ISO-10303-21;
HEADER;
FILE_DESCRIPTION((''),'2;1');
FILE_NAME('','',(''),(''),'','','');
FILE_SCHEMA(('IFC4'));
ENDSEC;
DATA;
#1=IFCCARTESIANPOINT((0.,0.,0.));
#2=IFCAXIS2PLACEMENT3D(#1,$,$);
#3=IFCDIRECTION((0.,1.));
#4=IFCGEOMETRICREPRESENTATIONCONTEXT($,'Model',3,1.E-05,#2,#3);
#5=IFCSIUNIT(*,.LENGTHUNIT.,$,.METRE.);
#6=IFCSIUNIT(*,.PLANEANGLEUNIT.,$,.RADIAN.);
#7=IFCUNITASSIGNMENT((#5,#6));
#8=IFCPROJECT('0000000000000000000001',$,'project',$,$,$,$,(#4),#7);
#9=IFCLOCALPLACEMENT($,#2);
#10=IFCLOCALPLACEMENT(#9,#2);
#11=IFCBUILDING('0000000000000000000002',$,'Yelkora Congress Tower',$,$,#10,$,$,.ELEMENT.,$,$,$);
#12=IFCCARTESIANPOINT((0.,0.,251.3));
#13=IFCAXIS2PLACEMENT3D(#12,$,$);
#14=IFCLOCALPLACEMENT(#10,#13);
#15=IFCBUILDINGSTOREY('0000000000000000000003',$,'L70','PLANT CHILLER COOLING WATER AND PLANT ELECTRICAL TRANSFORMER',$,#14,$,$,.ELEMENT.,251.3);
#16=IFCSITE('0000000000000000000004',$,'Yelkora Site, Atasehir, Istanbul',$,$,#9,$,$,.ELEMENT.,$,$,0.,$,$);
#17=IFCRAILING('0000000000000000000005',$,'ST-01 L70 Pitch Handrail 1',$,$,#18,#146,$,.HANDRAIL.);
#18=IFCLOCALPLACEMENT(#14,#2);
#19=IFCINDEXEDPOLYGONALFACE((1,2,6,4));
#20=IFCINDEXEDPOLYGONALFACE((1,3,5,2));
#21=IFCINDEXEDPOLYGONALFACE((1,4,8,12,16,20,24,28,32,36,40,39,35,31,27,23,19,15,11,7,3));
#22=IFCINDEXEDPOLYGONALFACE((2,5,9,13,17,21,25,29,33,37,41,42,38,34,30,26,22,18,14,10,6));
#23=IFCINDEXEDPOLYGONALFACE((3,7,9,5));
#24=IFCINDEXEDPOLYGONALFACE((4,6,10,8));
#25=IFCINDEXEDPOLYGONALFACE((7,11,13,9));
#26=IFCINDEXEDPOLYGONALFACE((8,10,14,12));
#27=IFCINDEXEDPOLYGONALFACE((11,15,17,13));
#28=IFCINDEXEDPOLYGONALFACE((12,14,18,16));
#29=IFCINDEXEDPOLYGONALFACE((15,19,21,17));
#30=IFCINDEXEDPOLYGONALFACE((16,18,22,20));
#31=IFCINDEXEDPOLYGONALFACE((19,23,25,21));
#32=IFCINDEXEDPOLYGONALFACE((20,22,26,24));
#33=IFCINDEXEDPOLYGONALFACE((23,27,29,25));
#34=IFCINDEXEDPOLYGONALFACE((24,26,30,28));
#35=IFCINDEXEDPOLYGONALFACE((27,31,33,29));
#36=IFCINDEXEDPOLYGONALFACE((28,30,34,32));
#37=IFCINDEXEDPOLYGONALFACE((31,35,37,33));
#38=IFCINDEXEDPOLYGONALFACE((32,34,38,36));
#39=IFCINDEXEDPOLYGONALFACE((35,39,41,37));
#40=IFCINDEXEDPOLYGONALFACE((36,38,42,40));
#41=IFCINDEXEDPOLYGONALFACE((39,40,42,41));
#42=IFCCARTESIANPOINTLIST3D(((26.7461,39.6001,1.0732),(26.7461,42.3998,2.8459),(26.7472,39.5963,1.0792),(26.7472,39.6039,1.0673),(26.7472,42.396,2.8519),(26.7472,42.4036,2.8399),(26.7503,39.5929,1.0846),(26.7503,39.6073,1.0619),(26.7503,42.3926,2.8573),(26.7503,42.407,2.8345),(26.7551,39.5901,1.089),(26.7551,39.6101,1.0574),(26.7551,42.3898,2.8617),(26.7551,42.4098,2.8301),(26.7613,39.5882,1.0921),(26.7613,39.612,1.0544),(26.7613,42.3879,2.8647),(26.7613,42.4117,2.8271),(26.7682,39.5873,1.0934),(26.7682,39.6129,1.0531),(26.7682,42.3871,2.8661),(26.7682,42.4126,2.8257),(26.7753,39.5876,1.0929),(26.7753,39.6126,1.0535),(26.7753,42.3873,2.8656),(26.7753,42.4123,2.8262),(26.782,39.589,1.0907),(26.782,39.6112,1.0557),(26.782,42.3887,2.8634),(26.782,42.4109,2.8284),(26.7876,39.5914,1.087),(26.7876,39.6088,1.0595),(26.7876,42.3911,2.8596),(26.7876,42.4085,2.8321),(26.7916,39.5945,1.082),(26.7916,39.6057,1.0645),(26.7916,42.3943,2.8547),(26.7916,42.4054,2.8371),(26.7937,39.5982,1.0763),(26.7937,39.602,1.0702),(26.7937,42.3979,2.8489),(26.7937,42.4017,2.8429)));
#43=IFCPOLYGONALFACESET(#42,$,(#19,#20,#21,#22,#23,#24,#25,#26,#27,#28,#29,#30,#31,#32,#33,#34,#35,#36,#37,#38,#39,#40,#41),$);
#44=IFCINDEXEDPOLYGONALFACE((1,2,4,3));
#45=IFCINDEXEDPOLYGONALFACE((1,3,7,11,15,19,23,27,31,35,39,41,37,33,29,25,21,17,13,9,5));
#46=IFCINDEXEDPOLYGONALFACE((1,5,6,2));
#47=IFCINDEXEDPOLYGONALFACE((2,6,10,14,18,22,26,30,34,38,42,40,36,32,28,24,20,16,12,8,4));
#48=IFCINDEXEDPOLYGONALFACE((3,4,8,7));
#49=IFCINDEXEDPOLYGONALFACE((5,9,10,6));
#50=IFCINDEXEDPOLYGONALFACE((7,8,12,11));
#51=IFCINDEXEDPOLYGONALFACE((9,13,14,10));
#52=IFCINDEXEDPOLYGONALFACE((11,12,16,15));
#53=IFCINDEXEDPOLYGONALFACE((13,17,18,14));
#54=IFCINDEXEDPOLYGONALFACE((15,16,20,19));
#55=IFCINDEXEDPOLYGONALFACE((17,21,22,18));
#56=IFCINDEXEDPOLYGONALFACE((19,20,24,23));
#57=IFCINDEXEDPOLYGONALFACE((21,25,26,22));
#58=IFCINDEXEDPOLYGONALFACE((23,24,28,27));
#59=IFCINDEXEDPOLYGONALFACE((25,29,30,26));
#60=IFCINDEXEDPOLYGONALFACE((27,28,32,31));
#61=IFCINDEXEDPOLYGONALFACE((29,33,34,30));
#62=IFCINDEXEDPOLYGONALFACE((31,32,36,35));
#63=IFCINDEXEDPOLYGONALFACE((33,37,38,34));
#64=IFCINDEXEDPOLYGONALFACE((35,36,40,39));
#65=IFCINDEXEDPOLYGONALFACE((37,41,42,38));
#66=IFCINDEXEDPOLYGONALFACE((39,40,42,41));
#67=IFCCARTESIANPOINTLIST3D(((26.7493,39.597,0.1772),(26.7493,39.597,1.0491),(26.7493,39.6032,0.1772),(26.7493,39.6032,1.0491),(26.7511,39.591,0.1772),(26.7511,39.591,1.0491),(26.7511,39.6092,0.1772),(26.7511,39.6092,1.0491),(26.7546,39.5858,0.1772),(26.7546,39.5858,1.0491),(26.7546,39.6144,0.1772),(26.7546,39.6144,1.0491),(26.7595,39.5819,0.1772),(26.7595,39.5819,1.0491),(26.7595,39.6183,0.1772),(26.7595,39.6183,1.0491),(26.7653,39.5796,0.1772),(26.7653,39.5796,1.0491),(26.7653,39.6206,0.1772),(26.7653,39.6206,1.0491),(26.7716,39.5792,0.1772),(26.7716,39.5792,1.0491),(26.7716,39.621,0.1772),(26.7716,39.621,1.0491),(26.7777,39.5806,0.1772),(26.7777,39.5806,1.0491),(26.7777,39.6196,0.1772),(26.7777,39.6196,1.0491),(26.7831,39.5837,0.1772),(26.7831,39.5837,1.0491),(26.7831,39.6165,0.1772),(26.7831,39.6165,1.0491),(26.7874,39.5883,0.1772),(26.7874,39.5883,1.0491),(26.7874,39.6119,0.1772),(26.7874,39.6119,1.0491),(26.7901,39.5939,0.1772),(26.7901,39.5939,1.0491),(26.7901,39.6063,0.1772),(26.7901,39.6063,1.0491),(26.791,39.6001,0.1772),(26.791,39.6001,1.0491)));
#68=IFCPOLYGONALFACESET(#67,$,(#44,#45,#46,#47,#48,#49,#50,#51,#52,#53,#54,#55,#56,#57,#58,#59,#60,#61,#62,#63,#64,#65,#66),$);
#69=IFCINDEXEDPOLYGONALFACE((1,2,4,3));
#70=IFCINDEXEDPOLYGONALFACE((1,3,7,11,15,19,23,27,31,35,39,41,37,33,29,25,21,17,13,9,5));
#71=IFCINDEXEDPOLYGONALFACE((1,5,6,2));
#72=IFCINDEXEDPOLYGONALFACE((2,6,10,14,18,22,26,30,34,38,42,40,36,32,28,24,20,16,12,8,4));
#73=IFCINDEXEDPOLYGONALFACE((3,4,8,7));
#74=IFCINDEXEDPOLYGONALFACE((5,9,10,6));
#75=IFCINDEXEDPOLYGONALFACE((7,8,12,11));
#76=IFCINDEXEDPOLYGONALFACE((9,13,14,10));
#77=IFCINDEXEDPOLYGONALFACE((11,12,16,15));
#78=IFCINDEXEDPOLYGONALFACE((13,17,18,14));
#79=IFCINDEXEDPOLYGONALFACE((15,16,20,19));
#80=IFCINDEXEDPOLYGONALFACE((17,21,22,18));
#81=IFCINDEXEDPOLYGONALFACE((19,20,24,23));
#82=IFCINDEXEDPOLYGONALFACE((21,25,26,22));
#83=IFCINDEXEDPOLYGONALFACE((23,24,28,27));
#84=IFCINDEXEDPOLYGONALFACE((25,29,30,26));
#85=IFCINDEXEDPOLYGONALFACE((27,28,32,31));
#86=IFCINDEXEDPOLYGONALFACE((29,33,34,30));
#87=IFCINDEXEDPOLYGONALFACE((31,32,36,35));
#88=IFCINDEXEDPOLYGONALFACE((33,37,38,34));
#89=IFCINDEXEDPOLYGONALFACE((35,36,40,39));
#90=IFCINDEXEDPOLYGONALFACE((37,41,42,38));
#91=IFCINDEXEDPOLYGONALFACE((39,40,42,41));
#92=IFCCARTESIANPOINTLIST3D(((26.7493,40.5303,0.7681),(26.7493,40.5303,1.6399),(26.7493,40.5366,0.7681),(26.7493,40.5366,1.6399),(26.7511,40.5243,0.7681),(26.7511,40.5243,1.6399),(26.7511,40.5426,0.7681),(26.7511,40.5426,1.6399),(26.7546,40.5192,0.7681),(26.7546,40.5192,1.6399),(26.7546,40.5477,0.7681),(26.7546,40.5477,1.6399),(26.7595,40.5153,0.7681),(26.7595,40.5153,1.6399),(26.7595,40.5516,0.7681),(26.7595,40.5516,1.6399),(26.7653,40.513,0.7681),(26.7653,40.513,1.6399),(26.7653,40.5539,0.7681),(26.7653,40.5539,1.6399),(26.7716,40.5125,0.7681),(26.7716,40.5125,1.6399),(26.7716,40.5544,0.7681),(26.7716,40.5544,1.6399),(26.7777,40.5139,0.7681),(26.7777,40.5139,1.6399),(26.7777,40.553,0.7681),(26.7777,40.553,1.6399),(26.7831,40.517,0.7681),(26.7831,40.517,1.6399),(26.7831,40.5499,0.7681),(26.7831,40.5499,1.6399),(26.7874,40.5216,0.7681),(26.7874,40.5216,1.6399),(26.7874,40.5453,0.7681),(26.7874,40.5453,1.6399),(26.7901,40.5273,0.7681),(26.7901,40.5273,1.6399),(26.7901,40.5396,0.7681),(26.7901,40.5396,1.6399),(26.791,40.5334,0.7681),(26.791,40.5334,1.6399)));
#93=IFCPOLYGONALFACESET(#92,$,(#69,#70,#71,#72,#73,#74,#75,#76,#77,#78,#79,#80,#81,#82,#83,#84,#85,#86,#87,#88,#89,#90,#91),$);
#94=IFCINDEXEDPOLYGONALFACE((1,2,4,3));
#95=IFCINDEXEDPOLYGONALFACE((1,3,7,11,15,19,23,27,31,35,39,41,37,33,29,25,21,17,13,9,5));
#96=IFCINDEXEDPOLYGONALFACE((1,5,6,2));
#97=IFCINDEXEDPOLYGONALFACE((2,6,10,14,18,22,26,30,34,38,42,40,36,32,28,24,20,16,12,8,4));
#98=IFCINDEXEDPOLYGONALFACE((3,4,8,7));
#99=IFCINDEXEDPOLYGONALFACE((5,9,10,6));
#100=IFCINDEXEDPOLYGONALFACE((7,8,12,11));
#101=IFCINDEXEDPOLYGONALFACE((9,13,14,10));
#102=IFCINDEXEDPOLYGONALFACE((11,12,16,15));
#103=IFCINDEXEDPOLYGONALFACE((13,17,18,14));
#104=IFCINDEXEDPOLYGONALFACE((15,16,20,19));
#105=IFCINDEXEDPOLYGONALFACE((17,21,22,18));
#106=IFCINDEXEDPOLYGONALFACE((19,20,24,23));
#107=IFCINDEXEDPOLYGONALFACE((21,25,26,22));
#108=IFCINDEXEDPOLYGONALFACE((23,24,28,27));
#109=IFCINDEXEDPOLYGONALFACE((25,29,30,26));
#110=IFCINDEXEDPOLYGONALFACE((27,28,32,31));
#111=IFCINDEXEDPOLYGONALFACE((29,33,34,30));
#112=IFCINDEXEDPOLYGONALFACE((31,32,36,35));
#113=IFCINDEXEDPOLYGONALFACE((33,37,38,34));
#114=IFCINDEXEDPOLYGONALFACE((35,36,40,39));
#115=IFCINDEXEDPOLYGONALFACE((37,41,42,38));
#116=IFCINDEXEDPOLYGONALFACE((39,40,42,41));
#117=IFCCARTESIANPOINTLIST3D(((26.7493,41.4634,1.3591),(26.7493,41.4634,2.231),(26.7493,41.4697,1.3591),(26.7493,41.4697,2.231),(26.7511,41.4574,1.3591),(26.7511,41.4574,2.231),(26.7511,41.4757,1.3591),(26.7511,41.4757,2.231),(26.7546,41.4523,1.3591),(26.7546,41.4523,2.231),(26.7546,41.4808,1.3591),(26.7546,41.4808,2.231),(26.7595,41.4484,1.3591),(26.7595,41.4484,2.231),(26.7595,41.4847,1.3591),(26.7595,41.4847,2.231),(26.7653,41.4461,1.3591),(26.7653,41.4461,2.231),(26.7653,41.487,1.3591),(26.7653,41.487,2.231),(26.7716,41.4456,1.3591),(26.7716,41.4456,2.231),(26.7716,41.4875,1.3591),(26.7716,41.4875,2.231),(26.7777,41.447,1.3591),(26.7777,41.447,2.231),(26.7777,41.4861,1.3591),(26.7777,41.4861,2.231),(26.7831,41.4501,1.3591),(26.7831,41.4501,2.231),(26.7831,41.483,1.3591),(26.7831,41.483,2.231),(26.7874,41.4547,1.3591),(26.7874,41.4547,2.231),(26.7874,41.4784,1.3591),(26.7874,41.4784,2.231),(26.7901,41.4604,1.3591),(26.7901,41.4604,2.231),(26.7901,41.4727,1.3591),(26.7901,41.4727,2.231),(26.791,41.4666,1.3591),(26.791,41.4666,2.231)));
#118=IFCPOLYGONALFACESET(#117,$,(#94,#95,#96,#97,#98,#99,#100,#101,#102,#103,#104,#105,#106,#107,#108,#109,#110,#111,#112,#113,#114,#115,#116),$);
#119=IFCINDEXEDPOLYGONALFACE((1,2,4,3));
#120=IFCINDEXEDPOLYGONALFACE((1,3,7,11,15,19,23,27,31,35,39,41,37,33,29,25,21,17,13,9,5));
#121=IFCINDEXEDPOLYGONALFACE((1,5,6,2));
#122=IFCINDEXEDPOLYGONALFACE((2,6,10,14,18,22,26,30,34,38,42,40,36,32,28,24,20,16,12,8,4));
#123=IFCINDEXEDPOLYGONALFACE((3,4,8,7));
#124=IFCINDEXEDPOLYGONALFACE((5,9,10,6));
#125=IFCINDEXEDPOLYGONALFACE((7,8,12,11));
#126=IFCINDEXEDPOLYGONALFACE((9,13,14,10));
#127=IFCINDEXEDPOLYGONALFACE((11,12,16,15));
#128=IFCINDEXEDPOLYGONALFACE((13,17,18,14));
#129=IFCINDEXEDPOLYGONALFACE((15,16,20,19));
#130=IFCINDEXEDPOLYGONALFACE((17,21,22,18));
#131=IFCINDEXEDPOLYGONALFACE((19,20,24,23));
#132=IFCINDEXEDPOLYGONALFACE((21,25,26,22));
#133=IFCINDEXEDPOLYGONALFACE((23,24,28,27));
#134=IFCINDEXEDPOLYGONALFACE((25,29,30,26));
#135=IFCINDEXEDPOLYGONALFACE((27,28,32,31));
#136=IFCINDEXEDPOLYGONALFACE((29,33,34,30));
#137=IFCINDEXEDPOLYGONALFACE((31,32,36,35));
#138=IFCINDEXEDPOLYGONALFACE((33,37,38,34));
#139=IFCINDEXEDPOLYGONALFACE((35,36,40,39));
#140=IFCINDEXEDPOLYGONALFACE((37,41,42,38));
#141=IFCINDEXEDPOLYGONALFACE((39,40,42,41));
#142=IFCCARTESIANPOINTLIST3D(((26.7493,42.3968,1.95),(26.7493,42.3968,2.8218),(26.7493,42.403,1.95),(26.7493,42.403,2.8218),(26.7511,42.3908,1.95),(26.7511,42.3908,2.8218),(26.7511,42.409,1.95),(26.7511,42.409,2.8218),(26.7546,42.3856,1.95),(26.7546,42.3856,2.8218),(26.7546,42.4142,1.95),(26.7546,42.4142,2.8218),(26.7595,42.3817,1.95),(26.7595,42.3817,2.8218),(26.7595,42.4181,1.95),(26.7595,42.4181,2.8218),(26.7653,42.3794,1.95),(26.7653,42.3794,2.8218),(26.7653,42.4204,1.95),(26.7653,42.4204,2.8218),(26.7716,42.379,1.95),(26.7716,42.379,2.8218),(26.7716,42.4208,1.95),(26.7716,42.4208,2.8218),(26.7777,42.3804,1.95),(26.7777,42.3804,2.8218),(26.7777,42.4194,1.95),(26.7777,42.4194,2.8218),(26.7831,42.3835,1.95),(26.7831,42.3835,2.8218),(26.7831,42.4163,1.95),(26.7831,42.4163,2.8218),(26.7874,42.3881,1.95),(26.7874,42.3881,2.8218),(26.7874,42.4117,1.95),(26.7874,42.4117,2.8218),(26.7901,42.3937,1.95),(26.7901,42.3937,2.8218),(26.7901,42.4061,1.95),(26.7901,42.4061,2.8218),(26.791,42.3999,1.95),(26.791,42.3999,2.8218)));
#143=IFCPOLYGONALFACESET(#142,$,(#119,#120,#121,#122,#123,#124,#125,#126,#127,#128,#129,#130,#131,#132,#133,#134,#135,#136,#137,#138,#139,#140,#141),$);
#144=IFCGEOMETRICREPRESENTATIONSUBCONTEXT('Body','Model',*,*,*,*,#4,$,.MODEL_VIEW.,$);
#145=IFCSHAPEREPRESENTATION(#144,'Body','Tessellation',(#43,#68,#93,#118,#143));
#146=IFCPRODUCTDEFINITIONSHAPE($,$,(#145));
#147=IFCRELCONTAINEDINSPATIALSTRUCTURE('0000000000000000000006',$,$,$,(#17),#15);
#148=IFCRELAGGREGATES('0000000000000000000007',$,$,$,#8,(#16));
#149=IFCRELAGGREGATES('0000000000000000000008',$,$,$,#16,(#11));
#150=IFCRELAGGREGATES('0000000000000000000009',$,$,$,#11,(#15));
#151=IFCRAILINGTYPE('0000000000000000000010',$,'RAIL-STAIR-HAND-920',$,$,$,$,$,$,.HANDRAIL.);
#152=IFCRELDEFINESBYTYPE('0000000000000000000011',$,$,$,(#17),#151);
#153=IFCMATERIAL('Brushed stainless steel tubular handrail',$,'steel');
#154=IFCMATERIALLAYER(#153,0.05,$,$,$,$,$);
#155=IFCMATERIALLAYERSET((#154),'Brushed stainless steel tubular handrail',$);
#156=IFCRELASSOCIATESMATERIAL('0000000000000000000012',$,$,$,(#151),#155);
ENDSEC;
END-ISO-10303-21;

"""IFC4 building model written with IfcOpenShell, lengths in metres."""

from ifc_helpers import new_model, si_unit, direction, frame, origin, origin_2d, place, context, subcontext, project, spatial, circle, extrude, material, layer, layer_set, type_object, element, save


model = new_model("IFC4")

# Units and contexts
model_context = context("Model", 3, precision=1e-05, world=origin(), true_north=direction((0.0, 1.0)))
body_context = subcontext(model_context, "Body", "Model", "MODEL_VIEW")
ifc_project = project(units=[si_unit("LENGTHUNIT", "METRE"), si_unit("PLANEANGLEUNIT", "RADIAN")], contexts=[model_context])

# Site, building, storey
site_placement = place(None, origin())
site = spatial("IfcSite", under=ifc_project, at=site_placement, Name="Yelkora Site, Atasehir, Istanbul", CompositionType="ELEMENT", RefElevation=0.0)
building_placement = place(site_placement, origin())
building = spatial("IfcBuilding", under=site, at=building_placement, Name="Yelkora Congress Tower", CompositionType="ELEMENT")
storey_placement = place(building_placement, frame((0.0, 0.0, 251.3)))
storey = spatial("IfcBuildingStorey", under=building, at=storey_placement, Name="L70", Description="PLANT CHILLER COOLING WATER AND PLANT ELECTRICAL TRANSFORMER", CompositionType="ELEMENT", Elevation=251.3)

# Railing
ifc_material_1 = material(Name="Brushed stainless steel tubular handrail", Category="steel")
ifc_layer_1 = layer(ifc_material_1, 0.05)
ifc_layer_set_1 = layer_set([ifc_layer_1], Name="Brushed stainless steel tubular handrail")
railing_type_1 = type_object("IfcRailingType", Name="RAIL-STAIR-HAND-920", PredefinedType="HANDRAIL", material=ifc_layer_set_1)
railing_1_placement = place(storey_placement, frame((26.77, 39.6001, 0.1772)))
element("IfcRailing", 1, at=railing_1_placement, inside=storey, type_object=railing_type_1, Name="ST-01 L70 Pitch Handrail 1", PredefinedType="HANDRAIL", context=body_context, shape_type="SweptSolid", body=[
    extrude(circle(Radius=0.0239, at=origin_2d()), frame((0.0, 0.0, 0.896), z_axis=(0.0, 0.844888, 0.534943), x_axis=(-1.0, 0.0, 0.0)), (0.0, 0.0, 1.0), 3.3137),
    extrude(circle(Radius=0.021, at=origin_2d()), origin(), (0.0, 0.0, 1.0), 0.8718),
    extrude(circle(Radius=0.021, at=origin_2d()), frame((0.0, 0.9333, 0.5908)), (0.0, 0.0, 1.0), 0.8718),
    extrude(circle(Radius=0.021, at=origin_2d()), frame((0.0, 1.8665, 1.1819)), (0.0, 0.0, 1.0), 0.8718),
    extrude(circle(Radius=0.021, at=origin_2d()), frame((0.0, 2.7998, 1.7727)), (0.0, 0.0, 1.0), 0.8718),
])

save(model, "model.ifc")
